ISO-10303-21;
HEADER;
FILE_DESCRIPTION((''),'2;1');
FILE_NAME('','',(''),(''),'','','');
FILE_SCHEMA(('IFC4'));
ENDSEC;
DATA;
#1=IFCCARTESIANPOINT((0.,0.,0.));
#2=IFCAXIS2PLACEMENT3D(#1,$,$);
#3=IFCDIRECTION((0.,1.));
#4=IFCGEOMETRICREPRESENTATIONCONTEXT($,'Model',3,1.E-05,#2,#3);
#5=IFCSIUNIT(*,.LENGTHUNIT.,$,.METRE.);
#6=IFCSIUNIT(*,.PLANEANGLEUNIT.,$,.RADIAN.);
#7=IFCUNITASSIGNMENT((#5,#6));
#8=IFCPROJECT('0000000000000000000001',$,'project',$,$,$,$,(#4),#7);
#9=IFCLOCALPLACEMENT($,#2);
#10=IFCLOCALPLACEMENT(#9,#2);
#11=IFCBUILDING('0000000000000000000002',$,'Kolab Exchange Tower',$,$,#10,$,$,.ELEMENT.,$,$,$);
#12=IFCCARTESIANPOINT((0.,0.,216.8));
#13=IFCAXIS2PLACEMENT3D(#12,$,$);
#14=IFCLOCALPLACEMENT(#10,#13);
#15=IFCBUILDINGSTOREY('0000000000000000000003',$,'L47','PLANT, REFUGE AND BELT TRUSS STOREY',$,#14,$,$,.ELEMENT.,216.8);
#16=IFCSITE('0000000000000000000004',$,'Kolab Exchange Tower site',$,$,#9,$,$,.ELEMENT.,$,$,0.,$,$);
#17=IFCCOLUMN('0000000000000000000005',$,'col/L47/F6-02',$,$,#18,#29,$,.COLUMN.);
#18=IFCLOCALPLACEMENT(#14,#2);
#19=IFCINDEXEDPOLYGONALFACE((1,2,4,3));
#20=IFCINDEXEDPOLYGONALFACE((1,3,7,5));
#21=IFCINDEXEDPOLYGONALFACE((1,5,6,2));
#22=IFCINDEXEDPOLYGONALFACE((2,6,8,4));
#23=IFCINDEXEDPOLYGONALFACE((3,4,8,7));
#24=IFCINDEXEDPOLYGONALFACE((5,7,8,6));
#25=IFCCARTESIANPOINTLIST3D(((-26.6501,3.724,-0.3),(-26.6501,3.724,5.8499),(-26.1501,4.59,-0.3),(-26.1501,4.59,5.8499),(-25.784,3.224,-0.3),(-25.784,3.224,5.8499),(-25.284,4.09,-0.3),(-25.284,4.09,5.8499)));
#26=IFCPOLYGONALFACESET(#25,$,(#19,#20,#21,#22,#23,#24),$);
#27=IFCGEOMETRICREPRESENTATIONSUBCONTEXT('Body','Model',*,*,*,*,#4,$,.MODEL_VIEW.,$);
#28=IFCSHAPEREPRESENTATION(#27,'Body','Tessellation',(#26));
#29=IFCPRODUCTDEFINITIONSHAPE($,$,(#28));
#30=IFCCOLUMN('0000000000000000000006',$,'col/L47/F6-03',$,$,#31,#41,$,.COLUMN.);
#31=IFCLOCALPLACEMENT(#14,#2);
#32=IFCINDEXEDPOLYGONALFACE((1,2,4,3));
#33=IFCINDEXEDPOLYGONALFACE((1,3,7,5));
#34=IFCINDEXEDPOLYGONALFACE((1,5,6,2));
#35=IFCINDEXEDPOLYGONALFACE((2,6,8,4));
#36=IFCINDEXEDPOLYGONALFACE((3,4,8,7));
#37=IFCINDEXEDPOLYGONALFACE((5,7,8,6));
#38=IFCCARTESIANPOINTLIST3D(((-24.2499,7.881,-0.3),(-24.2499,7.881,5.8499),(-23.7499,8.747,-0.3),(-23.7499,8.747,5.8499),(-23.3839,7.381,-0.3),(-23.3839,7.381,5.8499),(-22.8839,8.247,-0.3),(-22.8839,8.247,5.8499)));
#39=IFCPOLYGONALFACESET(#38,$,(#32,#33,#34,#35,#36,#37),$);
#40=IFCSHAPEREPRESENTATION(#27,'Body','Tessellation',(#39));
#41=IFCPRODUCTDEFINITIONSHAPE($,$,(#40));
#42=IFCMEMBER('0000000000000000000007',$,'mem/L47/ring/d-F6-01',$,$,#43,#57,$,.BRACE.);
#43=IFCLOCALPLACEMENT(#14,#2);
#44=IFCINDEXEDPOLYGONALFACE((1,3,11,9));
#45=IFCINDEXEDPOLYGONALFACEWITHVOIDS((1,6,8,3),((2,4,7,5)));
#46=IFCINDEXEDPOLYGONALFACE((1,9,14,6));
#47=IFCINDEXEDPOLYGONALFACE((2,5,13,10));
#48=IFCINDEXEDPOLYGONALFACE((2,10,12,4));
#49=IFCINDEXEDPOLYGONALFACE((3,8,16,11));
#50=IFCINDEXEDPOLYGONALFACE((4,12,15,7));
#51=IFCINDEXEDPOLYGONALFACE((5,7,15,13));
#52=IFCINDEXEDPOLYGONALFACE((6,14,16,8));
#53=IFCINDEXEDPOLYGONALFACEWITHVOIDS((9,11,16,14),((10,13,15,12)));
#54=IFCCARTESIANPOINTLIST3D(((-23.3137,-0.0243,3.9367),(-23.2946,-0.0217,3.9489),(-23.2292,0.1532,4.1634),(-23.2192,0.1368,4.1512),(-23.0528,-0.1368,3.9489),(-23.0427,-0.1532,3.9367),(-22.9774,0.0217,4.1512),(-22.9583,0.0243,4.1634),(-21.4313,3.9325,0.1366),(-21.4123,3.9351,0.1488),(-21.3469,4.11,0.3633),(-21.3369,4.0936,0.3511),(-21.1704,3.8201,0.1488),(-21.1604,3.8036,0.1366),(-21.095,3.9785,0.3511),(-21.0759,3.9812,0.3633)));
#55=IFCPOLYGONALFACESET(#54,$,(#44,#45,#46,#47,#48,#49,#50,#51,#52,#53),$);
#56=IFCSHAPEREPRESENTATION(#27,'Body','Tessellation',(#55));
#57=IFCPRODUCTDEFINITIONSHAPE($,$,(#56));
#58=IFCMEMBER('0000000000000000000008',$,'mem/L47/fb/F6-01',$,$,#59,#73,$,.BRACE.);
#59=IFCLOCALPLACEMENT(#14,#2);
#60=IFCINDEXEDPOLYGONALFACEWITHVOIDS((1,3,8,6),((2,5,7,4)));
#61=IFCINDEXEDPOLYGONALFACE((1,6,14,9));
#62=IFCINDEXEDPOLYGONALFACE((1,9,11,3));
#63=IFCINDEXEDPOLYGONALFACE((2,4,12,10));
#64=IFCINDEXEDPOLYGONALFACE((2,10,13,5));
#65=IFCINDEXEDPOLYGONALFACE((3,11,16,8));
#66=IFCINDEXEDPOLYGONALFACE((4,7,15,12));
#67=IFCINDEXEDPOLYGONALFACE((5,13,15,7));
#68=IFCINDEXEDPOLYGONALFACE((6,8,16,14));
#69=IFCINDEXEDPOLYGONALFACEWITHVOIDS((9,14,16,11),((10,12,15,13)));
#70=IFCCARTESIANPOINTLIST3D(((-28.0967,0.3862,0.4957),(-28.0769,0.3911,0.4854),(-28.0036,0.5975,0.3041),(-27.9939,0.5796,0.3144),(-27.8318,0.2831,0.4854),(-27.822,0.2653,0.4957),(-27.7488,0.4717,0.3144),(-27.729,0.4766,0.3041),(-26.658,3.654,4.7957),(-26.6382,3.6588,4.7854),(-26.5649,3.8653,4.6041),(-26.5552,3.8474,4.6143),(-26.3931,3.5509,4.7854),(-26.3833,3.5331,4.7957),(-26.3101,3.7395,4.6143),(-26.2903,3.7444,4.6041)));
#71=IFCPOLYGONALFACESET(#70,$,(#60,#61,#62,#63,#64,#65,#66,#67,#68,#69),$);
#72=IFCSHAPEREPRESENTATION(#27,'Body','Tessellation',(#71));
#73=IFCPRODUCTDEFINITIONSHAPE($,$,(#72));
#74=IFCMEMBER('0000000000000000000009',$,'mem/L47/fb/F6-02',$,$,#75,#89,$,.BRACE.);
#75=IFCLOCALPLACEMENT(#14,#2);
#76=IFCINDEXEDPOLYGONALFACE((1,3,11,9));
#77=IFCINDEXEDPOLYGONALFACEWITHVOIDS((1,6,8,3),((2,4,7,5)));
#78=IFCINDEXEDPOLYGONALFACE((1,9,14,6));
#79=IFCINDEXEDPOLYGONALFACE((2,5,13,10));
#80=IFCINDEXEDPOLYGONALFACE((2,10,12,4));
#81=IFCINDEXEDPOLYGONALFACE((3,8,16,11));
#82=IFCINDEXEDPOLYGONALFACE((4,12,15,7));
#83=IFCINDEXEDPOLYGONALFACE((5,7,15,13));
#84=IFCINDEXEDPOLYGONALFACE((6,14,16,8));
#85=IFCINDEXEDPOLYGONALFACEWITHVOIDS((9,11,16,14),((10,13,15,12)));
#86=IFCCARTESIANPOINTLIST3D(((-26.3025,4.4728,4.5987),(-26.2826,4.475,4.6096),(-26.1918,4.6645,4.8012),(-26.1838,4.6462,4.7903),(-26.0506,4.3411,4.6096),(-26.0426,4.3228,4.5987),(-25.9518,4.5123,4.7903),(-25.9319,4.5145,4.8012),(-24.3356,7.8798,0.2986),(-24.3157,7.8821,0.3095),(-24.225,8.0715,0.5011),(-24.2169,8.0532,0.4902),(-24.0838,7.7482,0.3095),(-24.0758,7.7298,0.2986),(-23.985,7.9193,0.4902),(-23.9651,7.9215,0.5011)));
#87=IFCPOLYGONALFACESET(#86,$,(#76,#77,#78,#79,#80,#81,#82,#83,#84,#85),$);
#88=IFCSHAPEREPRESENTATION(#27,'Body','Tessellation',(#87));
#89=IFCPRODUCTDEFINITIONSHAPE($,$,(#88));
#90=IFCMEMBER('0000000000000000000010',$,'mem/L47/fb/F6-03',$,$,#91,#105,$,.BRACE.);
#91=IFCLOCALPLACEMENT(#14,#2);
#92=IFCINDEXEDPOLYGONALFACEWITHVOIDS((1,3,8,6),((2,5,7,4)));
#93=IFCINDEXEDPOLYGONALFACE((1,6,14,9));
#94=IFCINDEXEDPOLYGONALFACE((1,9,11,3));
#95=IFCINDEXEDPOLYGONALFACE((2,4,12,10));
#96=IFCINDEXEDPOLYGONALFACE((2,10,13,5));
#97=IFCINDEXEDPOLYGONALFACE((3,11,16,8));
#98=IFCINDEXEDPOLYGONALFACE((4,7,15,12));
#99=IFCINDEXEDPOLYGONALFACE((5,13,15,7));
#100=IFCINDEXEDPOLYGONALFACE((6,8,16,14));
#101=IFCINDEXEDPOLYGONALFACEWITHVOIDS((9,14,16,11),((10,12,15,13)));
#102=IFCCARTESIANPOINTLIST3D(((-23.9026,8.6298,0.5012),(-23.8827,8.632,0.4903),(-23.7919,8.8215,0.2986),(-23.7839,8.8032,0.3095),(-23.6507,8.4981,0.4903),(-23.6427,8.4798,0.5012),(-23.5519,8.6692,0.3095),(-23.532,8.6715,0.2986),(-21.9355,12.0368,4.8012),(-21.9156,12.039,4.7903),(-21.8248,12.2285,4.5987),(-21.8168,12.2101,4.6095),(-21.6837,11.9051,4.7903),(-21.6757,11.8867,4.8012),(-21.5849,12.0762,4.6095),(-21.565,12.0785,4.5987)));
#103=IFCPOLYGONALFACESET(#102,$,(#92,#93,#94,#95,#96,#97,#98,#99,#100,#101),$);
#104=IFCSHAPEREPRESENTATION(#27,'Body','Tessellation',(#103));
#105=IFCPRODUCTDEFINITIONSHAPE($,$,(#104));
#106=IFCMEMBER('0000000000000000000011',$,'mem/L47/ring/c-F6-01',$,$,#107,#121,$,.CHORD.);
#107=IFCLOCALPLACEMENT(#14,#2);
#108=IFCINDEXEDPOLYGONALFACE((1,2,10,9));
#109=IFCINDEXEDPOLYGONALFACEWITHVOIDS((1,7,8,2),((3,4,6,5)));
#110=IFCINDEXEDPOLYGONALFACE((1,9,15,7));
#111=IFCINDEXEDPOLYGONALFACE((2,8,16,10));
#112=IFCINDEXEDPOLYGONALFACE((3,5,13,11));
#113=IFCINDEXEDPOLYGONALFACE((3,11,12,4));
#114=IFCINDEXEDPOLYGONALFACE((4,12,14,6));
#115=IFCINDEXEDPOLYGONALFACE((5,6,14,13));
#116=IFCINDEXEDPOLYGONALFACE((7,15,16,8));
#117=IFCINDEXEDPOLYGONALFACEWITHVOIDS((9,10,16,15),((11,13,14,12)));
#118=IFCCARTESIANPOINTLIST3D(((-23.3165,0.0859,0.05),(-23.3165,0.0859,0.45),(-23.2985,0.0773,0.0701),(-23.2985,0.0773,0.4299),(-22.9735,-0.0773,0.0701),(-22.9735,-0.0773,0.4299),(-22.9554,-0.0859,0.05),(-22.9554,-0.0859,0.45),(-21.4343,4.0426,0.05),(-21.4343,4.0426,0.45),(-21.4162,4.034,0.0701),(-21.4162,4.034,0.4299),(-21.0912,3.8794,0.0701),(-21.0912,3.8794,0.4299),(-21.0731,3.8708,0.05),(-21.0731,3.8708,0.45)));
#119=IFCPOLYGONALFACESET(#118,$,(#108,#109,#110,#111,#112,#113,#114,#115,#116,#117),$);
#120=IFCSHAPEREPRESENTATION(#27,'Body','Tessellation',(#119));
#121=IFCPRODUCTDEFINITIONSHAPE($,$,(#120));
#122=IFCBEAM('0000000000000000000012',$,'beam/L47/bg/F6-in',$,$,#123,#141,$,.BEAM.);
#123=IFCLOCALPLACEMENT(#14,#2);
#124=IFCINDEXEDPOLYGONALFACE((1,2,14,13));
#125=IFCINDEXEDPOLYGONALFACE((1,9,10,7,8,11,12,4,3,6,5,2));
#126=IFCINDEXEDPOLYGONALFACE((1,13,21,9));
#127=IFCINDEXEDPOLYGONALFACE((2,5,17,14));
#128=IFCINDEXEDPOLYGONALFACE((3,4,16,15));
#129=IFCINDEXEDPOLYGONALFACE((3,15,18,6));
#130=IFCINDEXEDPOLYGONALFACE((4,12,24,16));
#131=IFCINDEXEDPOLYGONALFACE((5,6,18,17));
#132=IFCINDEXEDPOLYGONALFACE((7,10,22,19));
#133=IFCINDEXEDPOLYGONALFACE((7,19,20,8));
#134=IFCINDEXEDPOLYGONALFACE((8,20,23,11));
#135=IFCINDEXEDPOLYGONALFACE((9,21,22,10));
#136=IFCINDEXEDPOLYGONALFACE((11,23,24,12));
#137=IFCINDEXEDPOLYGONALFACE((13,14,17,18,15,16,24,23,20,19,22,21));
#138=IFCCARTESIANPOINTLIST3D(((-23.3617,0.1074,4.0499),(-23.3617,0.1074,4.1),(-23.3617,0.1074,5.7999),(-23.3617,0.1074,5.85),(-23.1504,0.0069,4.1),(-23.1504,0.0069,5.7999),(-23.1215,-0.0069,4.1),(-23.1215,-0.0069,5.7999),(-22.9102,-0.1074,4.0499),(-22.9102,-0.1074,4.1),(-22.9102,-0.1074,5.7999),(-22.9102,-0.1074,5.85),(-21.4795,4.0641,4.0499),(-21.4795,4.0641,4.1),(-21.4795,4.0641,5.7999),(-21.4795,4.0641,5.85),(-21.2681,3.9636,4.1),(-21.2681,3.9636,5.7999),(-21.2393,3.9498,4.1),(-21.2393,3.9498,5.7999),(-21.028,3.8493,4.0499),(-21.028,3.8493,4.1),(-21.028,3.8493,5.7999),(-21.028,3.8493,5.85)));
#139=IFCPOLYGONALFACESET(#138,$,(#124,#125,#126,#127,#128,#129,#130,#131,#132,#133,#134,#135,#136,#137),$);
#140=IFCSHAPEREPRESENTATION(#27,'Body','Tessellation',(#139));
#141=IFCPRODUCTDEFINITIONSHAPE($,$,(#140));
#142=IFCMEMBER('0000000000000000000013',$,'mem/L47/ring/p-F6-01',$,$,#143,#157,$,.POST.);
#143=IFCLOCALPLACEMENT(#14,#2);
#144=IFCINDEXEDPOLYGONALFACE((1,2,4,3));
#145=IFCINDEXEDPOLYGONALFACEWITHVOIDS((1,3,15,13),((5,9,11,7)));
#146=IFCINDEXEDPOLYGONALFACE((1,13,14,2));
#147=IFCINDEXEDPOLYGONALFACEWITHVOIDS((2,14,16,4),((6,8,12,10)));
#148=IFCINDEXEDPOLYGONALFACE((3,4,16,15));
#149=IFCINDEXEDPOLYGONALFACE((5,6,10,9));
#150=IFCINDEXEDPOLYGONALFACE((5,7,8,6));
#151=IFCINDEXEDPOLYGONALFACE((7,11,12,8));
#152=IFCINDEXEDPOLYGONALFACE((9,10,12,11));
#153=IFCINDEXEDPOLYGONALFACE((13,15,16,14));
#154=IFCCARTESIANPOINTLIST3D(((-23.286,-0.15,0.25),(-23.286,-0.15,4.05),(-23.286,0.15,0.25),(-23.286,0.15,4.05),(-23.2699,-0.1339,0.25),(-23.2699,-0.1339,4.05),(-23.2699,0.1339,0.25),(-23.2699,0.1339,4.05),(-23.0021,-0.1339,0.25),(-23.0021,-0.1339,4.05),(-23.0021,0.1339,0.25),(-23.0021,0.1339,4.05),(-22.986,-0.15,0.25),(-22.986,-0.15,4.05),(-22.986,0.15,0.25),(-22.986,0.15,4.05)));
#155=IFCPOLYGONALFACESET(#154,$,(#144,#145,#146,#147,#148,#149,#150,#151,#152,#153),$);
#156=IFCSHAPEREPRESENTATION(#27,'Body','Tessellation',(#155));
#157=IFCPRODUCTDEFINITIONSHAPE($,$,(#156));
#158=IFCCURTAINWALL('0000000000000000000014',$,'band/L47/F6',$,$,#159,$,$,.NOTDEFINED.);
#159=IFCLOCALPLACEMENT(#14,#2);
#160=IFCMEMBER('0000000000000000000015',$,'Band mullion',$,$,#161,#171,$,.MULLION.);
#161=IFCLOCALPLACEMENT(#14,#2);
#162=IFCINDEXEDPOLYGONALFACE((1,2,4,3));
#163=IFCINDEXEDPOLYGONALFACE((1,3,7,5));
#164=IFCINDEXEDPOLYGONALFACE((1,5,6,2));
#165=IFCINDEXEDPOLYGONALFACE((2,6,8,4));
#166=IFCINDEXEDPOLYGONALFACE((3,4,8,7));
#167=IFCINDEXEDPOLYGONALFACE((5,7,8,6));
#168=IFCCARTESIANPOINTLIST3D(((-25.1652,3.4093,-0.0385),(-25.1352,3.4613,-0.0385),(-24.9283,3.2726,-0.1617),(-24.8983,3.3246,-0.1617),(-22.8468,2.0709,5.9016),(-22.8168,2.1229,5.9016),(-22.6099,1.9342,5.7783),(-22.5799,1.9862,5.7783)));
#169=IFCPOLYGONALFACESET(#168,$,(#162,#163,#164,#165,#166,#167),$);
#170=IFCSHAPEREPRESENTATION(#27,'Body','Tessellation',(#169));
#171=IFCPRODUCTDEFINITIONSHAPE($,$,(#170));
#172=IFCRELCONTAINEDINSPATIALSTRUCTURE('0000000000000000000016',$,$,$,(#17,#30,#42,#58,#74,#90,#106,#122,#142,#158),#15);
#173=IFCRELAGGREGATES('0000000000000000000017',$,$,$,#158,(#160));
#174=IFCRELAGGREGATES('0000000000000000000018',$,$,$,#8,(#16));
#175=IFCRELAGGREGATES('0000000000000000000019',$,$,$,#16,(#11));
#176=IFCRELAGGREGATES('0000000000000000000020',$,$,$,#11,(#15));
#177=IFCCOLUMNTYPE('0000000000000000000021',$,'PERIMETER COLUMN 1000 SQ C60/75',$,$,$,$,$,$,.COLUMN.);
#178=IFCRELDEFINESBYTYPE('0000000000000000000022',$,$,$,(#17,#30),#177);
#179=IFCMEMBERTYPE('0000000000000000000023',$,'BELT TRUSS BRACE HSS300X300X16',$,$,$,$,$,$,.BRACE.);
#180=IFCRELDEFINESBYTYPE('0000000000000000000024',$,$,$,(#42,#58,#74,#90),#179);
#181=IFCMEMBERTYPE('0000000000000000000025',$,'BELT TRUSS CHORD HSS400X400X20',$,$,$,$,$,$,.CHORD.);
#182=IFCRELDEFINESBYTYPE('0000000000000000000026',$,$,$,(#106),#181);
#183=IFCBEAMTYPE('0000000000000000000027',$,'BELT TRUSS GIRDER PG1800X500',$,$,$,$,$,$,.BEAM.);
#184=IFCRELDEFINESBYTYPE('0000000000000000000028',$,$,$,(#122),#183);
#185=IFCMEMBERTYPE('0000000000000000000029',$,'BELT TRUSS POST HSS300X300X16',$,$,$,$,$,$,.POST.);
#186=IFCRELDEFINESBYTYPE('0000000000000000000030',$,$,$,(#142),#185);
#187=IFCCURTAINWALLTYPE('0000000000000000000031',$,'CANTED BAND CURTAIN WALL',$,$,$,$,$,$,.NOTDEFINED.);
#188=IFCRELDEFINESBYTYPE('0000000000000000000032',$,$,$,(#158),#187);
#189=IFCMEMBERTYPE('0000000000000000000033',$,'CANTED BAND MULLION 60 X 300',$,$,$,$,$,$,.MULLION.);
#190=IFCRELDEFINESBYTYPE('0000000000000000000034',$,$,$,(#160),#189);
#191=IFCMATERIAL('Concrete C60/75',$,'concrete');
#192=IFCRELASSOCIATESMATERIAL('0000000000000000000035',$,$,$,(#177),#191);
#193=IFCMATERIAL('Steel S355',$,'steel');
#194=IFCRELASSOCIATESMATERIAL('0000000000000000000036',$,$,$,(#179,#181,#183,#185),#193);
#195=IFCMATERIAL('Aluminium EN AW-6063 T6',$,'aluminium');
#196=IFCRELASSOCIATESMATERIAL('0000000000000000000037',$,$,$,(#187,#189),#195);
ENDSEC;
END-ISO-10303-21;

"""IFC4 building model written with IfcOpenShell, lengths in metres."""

from ifc_helpers import new_model, si_unit, direction, frame, origin, origin_2d, place, context, subcontext, project, spatial, rectangle, hollow_rectangle, i_section, extrude, material, material_profile, profile_set, type_object, element, aggregate, save


model = new_model("IFC4")

# Units and contexts
model_context = context("Model", 3, precision=1e-05, world=origin(), true_north=direction((0.0, 1.0)))
body_context = subcontext(model_context, "Body", "Model", "MODEL_VIEW")
ifc_project = project(units=[si_unit("LENGTHUNIT", "METRE"), si_unit("PLANEANGLEUNIT", "RADIAN")], contexts=[model_context])

# Site, building, storey
site_placement = place(None, origin())
site = spatial("IfcSite", under=ifc_project, at=site_placement, Name="Kolab Exchange Tower site", CompositionType="ELEMENT", RefElevation=0.0)
building_placement = place(site_placement, origin())
building = spatial("IfcBuilding", under=site, at=building_placement, Name="Kolab Exchange Tower", CompositionType="ELEMENT")
storey_placement = place(building_placement, frame((0.0, 0.0, 216.8)))
storey = spatial("IfcBuildingStorey", under=building, at=storey_placement, Name="L47", Description="PLANT, REFUGE AND BELT TRUSS STOREY", CompositionType="ELEMENT", Elevation=216.8)

# Columns
ifc_material_1 = material(Name="Concrete C60/75", Category="concrete")
ifc_material_profile_1 = material_profile(ifc_material_1, rectangle(XDim=1.0, YDim=1.0, at=origin_2d()), Name="RC1000")
ifc_profile_set_1 = profile_set([ifc_material_profile_1], Name="Concrete C60/75")
column_type = type_object("IfcColumnType", Name="PERIMETER COLUMN 1000 SQ C60/75", PredefinedType="COLUMN", material=ifc_profile_set_1)
for number, where, z_axis, x_axis, name in (
    (1, (-25.967, 3.907, -0.3), (0.0, 0.0, 1.0), (0.5, 0.866025, 0.0), "col/L47/F6-02"),
    (2, (-23.5669, 8.064, -0.3), (0.0, 0.0, 1.0), (0.5, 0.866025, 0.0), "col/L47/F6-03"),
):
    element("IfcColumn", number, at=place(storey_placement, frame(where, z_axis=z_axis, x_axis=x_axis)), inside=storey, type_object=column_type, Name=name, PredefinedType="COLUMN", context=body_context, shape_type="SweptSolid", body=[
        extrude(rectangle(XDim=1.0, YDim=1.0, at=origin_2d()), origin(), (0.0, 0.0, 1.0), 6.1499),
    ])

# Members
ifc_material_2 = material(Name="Steel S355", Category="steel")
ifc_material_profile_2 = material_profile(ifc_material_2, hollow_rectangle(XDim=0.3, YDim=0.3, WallThickness=0.0161, at=origin_2d()), Name="HSS300X300X16")
ifc_profile_set_2 = profile_set([ifc_material_profile_2], Name="Steel S355")
member_type_1 = type_object("IfcMemberType", Name="BELT TRUSS BRACE HSS300X300X16", PredefinedType="BRACE", material=ifc_profile_set_2)
member_1_placement = place(storey_placement, frame((-23.136, 0.0, 4.05), z_axis=(0.32454, 0.682208, -0.655184), x_axis=(-0.903025, 0.429587, 0.0)))
element("IfcMember", 3, at=member_1_placement, inside=storey, type_object=member_type_1, Name="mem/L47/ring/d-F6-01", PredefinedType="BRACE", context=body_context, shape_type="SweptSolid", body=[
    extrude(hollow_rectangle(XDim=0.3, YDim=0.3, WallThickness=0.0161, at=origin_2d()), origin(), (0.0, 0.0, 1.0), 5.8),
])
member_2_placement = place(storey_placement, frame((-27.9128, 0.4314, 0.3999), z_axis=(0.257411, 0.584669, 0.769352), x_axis=(-0.915224, 0.402945, 0.0)))
element("IfcMember", 4, at=member_2_placement, inside=storey, type_object=member_type_1, Name="mem/L47/fb/F6-01", PredefinedType="BRACE", context=body_context, shape_type="SweptSolid", body=[
    extrude(hollow_rectangle(XDim=0.3, YDim=0.3, WallThickness=0.0161, at=origin_2d()), origin(), (0.0, 0.0, 1.0), 5.5891),
])
for number, where, z_axis, x_axis, name in (
    (5, (-26.1172, 4.4937, 4.7), (0.33747, 0.584583, -0.737819), (-0.86605, 0.499957, 0.0), "mem/L47/fb/F6-02"),
    (6, (-23.7173, 8.6506, 0.3999), (0.337508, 0.584575, 0.737808), (-0.866023, 0.500004, 0.0), "mem/L47/fb/F6-03"),
):
    element("IfcMember", number, at=place(storey_placement, frame(where, z_axis=z_axis, x_axis=x_axis)), inside=storey, type_object=member_type_1, Name=name, PredefinedType="BRACE", context=body_context, shape_type="SweptSolid", body=[
        extrude(hollow_rectangle(XDim=0.3, YDim=0.3, WallThickness=0.0161, at=origin_2d()), origin(), (0.0, 0.0, 1.0), 5.8281),
    ])
ifc_material_profile_3 = material_profile(ifc_material_2, hollow_rectangle(XDim=0.3999, YDim=0.3999, WallThickness=0.02, at=origin_2d()), Name="HSS400X400X20")
ifc_profile_set_3 = profile_set([ifc_material_profile_3], Name="Steel S355")
member_type_2 = type_object("IfcMemberType", Name="BELT TRUSS CHORD HSS400X400X20", PredefinedType="CHORD", material=ifc_profile_set_3)
member_3_placement = place(storey_placement, frame((-23.136, 0.0, 0.25), z_axis=(0.429587, 0.903025, 0.0), x_axis=(-0.903025, 0.429587, 0.0)))
element("IfcMember", 7, at=member_3_placement, inside=storey, type_object=member_type_2, Name="mem/L47/ring/c-F6-01", PredefinedType="CHORD", context=body_context, shape_type="SweptSolid", body=[
    extrude(hollow_rectangle(XDim=0.3999, YDim=0.3999, WallThickness=0.02, at=origin_2d()), origin(), (0.0, 0.0, 1.0), 4.3816),
])

# Beam
ifc_material_profile_4 = material_profile(ifc_material_2, i_section(OverallWidth=0.5, OverallDepth=1.8, WebThickness=0.032, FlangeThickness=0.05, at=origin_2d()), Name="PG1800X500")
ifc_profile_set_4 = profile_set([ifc_material_profile_4], Name="Steel S355")
beam_type_1 = type_object("IfcBeamType", Name="BELT TRUSS GIRDER PG1800X500", PredefinedType="BEAM", material=ifc_profile_set_4)
beam_1_placement = place(storey_placement, frame((-23.136, 0.0, 4.95), z_axis=(0.429587, 0.903025, 0.0), x_axis=(-0.903025, 0.429587, 0.0)))
element("IfcBeam", 8, at=beam_1_placement, inside=storey, type_object=beam_type_1, Name="beam/L47/bg/F6-in", PredefinedType="BEAM", context=body_context, shape_type="SweptSolid", body=[
    extrude(i_section(OverallWidth=0.5, OverallDepth=1.8, WebThickness=0.032, FlangeThickness=0.05, at=origin_2d()), origin(), (0.0, 0.0, 1.0), 4.3816),
])

# Member
ifc_material_profile_5 = material_profile(ifc_material_2, hollow_rectangle(XDim=0.3, YDim=0.3, WallThickness=0.0161, at=origin_2d()), Name="HSS300X300X16")
ifc_profile_set_5 = profile_set([ifc_material_profile_5], Name="Steel S355")
member_type_3 = type_object("IfcMemberType", Name="BELT TRUSS POST HSS300X300X16", PredefinedType="POST", material=ifc_profile_set_5)
member_4_placement = place(storey_placement, frame((-23.136, 0.0, 0.25), z_axis=(0.0, 0.0, 1.0), x_axis=(1.0, 0.0, 0.0)))
element("IfcMember", 9, at=member_4_placement, inside=storey, type_object=member_type_3, Name="mem/L47/ring/p-F6-01", PredefinedType="POST", context=body_context, shape_type="SweptSolid", body=[
    extrude(hollow_rectangle(XDim=0.3, YDim=0.3, WallThickness=0.0161, at=origin_2d()), origin(), (0.0, 0.0, 1.0), 3.8),
])

# Curtain wall, member
ifc_material_3 = material(Name="Aluminium EN AW-6063 T6", Category="aluminium")
curtain_wall_type_1 = type_object("IfcCurtainWallType", Name="CANTED BAND CURTAIN WALL", PredefinedType="NOTDEFINED", material=ifc_material_3)
curtain_wall_1_placement = place(storey_placement, origin())
curtain_wall_1 = element("IfcCurtainWall", 10, at=curtain_wall_1_placement, inside=storey, type_object=curtain_wall_type_1, Name="band/L47/F6", PredefinedType="NOTDEFINED")
ifc_material_profile_6 = material_profile(ifc_material_3, rectangle(XDim=0.0601, YDim=0.3, at=origin_2d()), Name="RECT 60X300")
ifc_profile_set_6 = profile_set([ifc_material_profile_6], Name="Aluminium EN AW-6063 T6")
member_type_4 = type_object("IfcMemberType", Name="CANTED BAND MULLION 60 X 300", PredefinedType="MULLION", material=ifc_profile_set_6)
member_5_placement = place(storey_placement, frame((-25.0317, 3.3669, -0.1001), z_axis=(0.355834, -0.205421, 0.911693), x_axis=(0.499965, 0.866046, 0.0)))
member_5 = element("IfcMember", 11, at=member_5_placement, type_object=member_type_4, Name="Band mullion", PredefinedType="MULLION", context=body_context, shape_type="SweptSolid", body=[
    extrude(rectangle(XDim=0.0601, YDim=0.3, at=origin_2d()), origin(), (0.0, 0.0, 1.0), 6.5154),
])

aggregate(curtain_wall_1, [member_5])

save(model, "model.ifc")
